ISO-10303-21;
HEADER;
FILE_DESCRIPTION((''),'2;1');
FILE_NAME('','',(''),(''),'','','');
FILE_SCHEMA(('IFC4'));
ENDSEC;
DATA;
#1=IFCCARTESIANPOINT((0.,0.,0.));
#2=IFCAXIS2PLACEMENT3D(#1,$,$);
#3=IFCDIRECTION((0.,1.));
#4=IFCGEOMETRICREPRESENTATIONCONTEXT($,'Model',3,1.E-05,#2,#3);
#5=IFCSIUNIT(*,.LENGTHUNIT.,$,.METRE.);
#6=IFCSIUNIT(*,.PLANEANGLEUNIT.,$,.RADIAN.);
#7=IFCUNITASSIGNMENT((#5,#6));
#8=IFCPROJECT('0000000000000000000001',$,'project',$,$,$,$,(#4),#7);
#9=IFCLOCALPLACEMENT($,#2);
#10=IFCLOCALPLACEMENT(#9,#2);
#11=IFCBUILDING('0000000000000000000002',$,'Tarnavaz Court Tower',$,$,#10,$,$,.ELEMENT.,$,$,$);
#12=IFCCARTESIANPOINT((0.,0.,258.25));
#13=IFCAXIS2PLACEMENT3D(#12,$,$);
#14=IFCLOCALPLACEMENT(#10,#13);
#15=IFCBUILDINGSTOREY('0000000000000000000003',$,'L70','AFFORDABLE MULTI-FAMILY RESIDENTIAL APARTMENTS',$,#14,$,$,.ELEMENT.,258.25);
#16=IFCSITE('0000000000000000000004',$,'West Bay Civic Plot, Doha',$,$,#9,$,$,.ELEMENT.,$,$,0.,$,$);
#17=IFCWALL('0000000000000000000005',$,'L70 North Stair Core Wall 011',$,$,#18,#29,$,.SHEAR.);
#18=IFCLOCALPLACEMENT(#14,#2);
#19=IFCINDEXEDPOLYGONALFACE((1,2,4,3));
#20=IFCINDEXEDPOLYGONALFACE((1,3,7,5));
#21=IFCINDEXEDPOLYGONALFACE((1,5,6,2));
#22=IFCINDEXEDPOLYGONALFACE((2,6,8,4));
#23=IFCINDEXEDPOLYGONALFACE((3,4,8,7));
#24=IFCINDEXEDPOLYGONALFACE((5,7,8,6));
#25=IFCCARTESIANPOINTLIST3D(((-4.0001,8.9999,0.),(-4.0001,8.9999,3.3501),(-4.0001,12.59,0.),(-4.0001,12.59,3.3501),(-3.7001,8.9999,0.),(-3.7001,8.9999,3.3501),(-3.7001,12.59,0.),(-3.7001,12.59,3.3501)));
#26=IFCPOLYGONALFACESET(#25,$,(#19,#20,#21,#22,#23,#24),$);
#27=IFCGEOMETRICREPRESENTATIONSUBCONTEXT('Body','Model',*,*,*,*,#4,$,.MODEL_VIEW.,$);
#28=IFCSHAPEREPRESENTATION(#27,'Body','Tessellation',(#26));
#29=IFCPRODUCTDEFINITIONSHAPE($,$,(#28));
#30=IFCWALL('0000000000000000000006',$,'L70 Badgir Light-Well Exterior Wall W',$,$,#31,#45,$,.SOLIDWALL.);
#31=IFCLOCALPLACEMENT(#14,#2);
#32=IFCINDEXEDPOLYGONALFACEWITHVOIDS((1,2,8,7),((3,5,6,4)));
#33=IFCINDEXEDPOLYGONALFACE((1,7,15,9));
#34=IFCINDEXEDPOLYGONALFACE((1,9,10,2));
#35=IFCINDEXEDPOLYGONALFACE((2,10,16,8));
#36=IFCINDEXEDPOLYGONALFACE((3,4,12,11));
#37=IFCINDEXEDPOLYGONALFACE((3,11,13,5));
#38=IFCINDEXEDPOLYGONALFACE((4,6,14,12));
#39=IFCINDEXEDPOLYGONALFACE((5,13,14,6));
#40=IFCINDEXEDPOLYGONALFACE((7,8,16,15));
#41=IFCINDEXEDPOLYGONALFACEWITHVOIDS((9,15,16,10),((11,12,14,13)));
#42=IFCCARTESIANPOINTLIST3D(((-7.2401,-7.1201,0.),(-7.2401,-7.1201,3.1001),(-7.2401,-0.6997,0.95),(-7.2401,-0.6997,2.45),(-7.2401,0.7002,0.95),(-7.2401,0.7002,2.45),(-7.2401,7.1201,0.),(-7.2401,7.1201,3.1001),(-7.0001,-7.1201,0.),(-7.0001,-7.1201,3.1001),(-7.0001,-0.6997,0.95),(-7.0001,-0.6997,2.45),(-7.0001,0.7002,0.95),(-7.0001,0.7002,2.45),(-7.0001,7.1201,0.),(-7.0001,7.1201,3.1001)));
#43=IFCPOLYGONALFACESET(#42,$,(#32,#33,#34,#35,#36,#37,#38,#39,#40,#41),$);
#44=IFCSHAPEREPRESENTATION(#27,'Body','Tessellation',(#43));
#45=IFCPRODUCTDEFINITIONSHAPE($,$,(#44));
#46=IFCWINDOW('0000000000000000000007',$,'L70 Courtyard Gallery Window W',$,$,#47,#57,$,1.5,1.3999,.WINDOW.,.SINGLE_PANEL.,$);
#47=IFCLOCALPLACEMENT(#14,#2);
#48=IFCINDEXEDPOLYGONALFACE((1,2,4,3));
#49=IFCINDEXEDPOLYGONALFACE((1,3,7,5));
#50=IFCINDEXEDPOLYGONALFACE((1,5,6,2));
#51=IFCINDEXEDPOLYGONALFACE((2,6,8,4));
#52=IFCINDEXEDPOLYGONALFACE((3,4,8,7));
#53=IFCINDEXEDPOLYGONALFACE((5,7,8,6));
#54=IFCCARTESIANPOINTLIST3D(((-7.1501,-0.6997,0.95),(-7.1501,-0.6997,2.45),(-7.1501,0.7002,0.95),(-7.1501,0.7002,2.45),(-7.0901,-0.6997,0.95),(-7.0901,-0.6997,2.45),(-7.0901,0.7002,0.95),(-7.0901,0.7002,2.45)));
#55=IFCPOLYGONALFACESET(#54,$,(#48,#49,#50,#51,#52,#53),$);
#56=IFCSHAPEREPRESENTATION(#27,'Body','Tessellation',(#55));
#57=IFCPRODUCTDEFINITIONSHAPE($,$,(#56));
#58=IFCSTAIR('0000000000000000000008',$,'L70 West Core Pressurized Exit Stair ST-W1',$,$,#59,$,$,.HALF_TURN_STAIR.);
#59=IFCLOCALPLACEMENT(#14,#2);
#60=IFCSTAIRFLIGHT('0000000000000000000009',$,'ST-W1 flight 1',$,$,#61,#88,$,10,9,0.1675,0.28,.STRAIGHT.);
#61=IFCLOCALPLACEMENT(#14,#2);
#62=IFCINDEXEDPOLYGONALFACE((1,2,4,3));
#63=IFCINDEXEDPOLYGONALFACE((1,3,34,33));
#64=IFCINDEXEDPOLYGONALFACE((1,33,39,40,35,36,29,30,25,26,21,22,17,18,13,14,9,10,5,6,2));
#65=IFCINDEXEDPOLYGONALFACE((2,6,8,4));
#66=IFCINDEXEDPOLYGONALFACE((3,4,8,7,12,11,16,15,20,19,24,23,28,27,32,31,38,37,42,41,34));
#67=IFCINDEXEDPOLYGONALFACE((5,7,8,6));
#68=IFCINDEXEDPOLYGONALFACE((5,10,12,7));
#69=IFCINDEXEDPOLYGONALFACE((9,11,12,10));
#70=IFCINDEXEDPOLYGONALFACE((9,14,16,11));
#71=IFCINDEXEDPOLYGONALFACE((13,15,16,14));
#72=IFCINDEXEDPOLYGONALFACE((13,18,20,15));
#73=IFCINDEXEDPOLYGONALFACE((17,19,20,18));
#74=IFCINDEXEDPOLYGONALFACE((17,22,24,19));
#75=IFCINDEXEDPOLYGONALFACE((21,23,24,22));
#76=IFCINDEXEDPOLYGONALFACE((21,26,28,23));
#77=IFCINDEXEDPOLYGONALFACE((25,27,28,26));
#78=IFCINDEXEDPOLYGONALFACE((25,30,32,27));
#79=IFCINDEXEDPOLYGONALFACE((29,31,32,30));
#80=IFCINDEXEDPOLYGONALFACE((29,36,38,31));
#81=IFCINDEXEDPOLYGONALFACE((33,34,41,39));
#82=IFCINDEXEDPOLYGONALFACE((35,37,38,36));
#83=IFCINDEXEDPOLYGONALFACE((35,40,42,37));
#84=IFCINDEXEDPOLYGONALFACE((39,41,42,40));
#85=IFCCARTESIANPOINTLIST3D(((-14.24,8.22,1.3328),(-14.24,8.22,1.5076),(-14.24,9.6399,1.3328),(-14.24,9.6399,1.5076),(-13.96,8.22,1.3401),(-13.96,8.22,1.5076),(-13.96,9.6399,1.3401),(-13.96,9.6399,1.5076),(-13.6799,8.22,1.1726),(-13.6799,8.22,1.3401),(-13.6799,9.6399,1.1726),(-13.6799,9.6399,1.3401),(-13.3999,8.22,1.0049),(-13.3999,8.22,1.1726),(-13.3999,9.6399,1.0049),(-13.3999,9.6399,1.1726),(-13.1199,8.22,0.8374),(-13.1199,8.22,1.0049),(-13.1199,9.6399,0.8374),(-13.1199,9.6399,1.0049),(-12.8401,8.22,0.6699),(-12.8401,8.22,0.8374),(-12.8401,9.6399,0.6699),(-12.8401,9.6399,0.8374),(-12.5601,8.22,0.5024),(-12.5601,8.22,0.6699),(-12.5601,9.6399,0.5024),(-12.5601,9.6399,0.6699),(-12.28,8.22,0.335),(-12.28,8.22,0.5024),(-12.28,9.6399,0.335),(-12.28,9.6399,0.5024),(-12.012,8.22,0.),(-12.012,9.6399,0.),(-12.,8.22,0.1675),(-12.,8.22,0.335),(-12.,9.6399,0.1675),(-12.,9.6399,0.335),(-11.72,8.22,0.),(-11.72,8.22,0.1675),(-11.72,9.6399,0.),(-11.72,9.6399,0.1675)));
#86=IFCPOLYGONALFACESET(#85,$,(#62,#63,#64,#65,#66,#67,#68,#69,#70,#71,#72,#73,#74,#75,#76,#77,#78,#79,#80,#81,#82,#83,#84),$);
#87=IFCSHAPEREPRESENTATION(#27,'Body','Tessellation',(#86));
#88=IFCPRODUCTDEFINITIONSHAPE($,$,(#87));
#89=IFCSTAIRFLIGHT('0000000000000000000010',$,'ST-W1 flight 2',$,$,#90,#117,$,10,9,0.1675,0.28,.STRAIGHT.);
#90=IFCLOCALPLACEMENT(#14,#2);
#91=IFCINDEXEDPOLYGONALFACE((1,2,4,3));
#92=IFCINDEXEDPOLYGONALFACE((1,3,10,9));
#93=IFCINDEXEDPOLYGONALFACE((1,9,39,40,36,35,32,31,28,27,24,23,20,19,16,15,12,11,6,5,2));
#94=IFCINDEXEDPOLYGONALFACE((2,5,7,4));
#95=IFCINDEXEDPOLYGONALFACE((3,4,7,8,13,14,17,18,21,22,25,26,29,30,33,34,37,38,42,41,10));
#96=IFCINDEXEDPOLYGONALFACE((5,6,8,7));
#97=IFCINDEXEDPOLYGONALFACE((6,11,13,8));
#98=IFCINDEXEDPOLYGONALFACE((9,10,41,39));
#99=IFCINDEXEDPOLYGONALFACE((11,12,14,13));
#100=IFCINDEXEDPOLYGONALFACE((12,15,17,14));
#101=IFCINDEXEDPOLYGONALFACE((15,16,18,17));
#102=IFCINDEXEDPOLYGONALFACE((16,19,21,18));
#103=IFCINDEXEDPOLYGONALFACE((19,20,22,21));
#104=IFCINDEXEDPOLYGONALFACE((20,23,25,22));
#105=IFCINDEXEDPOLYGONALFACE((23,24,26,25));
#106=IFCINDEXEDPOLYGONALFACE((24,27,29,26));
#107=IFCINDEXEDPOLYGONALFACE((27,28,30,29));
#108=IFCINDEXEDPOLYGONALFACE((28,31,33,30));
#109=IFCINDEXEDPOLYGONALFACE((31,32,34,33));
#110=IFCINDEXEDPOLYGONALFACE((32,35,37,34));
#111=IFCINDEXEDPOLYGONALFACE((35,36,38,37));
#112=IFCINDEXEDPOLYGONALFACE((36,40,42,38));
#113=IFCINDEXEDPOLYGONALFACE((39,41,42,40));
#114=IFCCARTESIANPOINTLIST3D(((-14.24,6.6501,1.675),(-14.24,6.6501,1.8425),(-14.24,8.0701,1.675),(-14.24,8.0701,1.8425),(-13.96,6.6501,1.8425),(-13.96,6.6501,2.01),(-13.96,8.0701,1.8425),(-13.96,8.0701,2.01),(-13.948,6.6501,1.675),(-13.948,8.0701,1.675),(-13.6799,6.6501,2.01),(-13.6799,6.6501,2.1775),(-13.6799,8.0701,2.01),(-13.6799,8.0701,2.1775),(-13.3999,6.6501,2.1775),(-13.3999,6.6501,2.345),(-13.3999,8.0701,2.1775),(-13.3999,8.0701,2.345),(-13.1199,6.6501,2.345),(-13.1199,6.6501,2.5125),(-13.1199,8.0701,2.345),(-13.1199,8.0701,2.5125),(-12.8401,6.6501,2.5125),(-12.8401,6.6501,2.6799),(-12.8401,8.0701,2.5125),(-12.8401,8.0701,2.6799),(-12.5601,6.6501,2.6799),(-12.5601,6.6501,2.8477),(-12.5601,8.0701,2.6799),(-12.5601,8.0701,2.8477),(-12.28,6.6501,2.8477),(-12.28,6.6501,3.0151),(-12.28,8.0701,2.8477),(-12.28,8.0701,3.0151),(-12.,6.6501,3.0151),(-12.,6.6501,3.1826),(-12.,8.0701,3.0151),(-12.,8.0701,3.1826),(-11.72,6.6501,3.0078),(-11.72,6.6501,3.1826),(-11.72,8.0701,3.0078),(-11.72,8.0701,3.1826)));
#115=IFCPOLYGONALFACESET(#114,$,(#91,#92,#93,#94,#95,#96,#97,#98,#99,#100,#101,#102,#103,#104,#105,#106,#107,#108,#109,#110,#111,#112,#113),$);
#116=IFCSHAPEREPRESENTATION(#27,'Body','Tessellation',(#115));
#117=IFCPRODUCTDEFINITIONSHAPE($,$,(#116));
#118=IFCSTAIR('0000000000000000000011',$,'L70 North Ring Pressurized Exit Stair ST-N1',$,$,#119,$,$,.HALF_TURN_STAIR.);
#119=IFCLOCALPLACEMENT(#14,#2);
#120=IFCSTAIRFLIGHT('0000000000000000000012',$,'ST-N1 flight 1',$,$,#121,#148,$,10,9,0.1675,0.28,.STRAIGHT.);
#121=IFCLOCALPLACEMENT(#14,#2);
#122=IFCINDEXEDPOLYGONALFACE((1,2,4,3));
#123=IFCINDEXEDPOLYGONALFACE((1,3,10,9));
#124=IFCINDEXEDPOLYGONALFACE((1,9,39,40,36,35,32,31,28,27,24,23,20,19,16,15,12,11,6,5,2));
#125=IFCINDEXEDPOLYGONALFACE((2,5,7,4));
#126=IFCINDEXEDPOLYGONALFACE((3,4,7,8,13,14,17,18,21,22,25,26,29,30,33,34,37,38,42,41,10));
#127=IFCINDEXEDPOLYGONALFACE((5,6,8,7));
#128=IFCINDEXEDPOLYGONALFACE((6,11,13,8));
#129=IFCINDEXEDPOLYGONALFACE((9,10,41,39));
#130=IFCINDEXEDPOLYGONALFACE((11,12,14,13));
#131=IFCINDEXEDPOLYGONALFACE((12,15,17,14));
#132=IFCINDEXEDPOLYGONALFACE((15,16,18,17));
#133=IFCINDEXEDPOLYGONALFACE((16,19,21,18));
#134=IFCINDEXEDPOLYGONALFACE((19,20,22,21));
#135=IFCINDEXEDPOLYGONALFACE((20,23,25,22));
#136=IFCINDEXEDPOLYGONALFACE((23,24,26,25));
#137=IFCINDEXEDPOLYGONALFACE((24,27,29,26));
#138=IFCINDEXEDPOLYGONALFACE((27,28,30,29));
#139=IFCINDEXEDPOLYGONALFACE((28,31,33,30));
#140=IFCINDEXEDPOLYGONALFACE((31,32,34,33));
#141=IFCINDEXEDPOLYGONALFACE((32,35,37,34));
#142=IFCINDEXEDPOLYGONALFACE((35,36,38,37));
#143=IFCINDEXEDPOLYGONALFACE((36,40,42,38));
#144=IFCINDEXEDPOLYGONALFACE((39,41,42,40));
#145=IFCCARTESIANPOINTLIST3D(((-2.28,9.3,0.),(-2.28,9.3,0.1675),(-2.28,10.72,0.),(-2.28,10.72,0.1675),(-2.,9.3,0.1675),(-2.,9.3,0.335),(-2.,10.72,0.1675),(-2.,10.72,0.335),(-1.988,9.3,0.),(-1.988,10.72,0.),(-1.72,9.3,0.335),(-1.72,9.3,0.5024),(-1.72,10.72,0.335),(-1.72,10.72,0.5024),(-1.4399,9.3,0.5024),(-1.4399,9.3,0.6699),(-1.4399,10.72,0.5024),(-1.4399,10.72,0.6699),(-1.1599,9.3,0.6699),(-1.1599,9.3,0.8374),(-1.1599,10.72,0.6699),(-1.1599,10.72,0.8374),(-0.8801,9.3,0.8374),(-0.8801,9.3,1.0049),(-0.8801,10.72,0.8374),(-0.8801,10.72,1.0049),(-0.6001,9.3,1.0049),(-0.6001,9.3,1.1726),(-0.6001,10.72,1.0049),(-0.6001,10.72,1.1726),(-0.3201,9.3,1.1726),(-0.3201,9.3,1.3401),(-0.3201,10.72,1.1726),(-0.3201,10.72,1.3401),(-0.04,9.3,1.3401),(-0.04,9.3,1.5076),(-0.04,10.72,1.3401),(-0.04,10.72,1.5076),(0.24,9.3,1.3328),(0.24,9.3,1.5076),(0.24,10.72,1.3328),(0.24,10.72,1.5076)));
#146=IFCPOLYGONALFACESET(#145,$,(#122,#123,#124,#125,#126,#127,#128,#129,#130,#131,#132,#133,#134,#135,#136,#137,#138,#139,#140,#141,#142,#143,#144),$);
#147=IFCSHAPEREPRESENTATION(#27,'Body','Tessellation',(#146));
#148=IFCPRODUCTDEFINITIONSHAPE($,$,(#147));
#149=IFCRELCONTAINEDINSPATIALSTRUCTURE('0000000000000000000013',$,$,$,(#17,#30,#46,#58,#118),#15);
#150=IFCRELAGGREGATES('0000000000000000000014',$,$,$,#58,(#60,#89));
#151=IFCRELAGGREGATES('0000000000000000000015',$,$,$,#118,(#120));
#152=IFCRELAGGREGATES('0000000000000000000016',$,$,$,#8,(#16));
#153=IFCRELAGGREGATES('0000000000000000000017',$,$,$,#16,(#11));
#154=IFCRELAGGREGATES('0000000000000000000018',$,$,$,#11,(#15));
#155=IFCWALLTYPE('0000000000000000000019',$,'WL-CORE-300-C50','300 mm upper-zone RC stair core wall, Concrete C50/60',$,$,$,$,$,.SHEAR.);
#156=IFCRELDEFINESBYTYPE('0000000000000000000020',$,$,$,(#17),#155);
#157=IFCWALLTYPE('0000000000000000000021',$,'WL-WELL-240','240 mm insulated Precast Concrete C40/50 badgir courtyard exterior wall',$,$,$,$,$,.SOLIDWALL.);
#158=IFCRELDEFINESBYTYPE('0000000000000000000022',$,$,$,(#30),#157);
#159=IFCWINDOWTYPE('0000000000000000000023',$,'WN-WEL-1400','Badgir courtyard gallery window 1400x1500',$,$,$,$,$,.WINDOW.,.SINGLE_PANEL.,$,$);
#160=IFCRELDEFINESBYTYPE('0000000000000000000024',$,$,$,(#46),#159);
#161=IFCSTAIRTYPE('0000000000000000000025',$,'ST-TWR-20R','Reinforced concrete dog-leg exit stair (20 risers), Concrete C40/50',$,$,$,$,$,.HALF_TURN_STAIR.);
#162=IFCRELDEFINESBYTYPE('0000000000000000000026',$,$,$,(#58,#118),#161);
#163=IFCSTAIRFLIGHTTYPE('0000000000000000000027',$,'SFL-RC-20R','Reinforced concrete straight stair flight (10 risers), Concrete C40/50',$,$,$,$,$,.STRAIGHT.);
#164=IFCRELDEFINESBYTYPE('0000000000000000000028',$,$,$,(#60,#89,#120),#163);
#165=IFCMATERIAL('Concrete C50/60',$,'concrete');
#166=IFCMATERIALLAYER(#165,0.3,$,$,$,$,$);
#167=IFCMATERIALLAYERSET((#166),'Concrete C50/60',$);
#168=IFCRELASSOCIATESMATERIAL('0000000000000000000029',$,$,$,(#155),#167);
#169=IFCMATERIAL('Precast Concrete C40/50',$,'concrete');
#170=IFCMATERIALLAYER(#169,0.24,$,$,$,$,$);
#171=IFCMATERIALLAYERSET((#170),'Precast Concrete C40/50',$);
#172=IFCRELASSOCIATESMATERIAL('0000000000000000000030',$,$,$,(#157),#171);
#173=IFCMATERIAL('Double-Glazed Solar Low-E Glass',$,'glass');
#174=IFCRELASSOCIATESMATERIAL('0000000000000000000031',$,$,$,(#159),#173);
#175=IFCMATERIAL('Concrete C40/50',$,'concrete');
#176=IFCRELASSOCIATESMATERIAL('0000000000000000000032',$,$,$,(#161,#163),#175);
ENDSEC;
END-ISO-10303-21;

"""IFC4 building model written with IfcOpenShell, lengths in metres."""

from ifc_helpers import new_model, si_unit, direction, frame, frame_2d, origin, place, context, subcontext, project, spatial, polyline, rectangle, outline, extrude, material, layer, layer_set, type_object, element, fill, aggregate, save


model = new_model("IFC4")

# Units and contexts
model_context = context("Model", 3, precision=1e-05, world=origin(), true_north=direction((0.0, 1.0)))
body_context = subcontext(model_context, "Body", "Model", "MODEL_VIEW")
ifc_project = project(units=[si_unit("LENGTHUNIT", "METRE"), si_unit("PLANEANGLEUNIT", "RADIAN")], contexts=[model_context])

# Site, building, storey
site_placement = place(None, origin())
site = spatial("IfcSite", under=ifc_project, at=site_placement, Name="West Bay Civic Plot, Doha", CompositionType="ELEMENT", RefElevation=0.0)
building_placement = place(site_placement, origin())
building = spatial("IfcBuilding", under=site, at=building_placement, Name="Tarnavaz Court Tower", CompositionType="ELEMENT")
storey_placement = place(building_placement, frame((0.0, 0.0, 258.25)))
storey = spatial("IfcBuildingStorey", under=building, at=storey_placement, Name="L70", Description="AFFORDABLE MULTI-FAMILY RESIDENTIAL APARTMENTS", CompositionType="ELEMENT", Elevation=258.25)

# Shared definitions
ifc_material_1 = material(Name="Concrete C50/60", Category="concrete")

# Shared definitions
ifc_layer_1 = layer(ifc_material_1, 0.3)
ifc_layer_set_1 = layer_set([ifc_layer_1], Name="Concrete C50/60")
wall_type_1 = type_object("IfcWallType", Name="WL-CORE-300-C50", Description="300 mm upper-zone RC stair core wall, Concrete C50/60", PredefinedType="SHEAR", material=ifc_layer_set_1)

# Wall
wall_1_placement = place(storey_placement, frame((-3.8501, 9.0, 0.0), z_axis=(0.0, 0.0, 1.0), x_axis=(0.0, 1.0, 0.0)))
element("IfcWall", 1, at=wall_1_placement, inside=storey, type_object=wall_type_1, Name="L70 North Stair Core Wall 011", PredefinedType="SHEAR", context=body_context, shape_type="SweptSolid", body=[
    extrude(rectangle(XDim=3.5901, YDim=0.3, at=frame_2d((1.7949, 0.0))), origin(), (0.0, 0.0, 1.0), 3.3501),
])

# Wall, opening, window
ifc_material_2 = material(Name="Precast Concrete C40/50", Category="concrete")
ifc_layer_2 = layer(ifc_material_2, 0.24)
ifc_layer_set_2 = layer_set([ifc_layer_2], Name="Precast Concrete C40/50")
wall_type_2 = type_object("IfcWallType", Name="WL-WELL-240", Description="240 mm insulated Precast Concrete C40/50 badgir courtyard exterior wall", PredefinedType="SOLIDWALL", material=ifc_layer_set_2)
wall_2_placement = place(storey_placement, frame((-7.1201, 7.1201, 0.0), z_axis=(0.0, 0.0, 1.0), x_axis=(0.0, -1.0, 0.0)))
wall_2 = element("IfcWall", 2, at=wall_2_placement, inside=storey, type_object=wall_type_2, Name="L70 Badgir Light-Well Exterior Wall W", PredefinedType="SOLIDWALL", context=body_context, shape_type="SweptSolid", body=[
    extrude(rectangle(XDim=14.2402, YDim=0.24, at=frame_2d((7.1201, 0.0))), origin(), (0.0, 0.0, 1.0), 3.1001),
])
opening_1_placement = place(wall_2_placement, frame((6.4199, 0.0, 0.95)))
opening_1 = element("IfcOpeningElement", 3, at=opening_1_placement, cuts=wall_2, PredefinedType="OPENING", context=body_context, shape_type="SweptSolid", body=[
    extrude(rectangle(XDim=1.3999, YDim=1.5, at=frame_2d((0.7, 0.75))), frame((0.0, 0.1299, 0.0), z_axis=(0.0, -1.0, 0.0), x_axis=(1.0, 0.0, 0.0)), (0.0, 0.0, 1.0), 0.26),
])
ifc_material_3 = material(Name="Double-Glazed Solar Low-E Glass", Category="glass")
window_type = type_object("IfcWindowType", Name="WN-WEL-1400", Description="Badgir courtyard gallery window 1400x1500", PartitioningType="SINGLE_PANEL", PredefinedType="WINDOW", material=ifc_material_3)
window_placement = place(opening_1_placement, origin())
window = element("IfcWindow", 4, at=window_placement, inside=storey, type_object=window_type, Name="L70 Courtyard Gallery Window W", OverallHeight=1.5, OverallWidth=1.3999, PartitioningType="SINGLE_PANEL", PredefinedType="WINDOW", context=body_context, shape_type="SweptSolid", body=[
    extrude(rectangle(XDim=1.3999, YDim=1.5, at=frame_2d((0.7, 0.75))), frame((0.0, 0.03, 0.0), z_axis=(0.0, -1.0, 0.0), x_axis=(1.0, 0.0, 0.0)), (0.0, 0.0, 1.0), 0.0601),
])
fill(opening_1, window)

# Stair, stair flights
ifc_material_4 = material(Name="Concrete C40/50", Category="concrete")
stair_type = type_object("IfcStairType", Name="ST-TWR-20R", Description="Reinforced concrete dog-leg exit stair (20 risers), Concrete C40/50", PredefinedType="HALF_TURN_STAIR", material=ifc_material_4)
stair_1_placement = place(storey_placement, origin())
stair_1 = element("IfcStair", 5, at=stair_1_placement, inside=storey, type_object=stair_type, Name="L70 West Core Pressurized Exit Stair ST-W1", PredefinedType="HALF_TURN_STAIR")
stair_flight_type = type_object("IfcStairFlightType", Name="SFL-RC-20R", Description="Reinforced concrete straight stair flight (10 risers), Concrete C40/50", PredefinedType="STRAIGHT", material=ifc_material_4)
stair_flight_1_placement = place(storey_placement, frame((-11.72, 8.9299, 0.0), z_axis=(0.0, 0.0, 1.0), x_axis=(-1.0, 0.0, 0.0)))
stair_flight_1 = element("IfcStairFlight", 6, at=stair_flight_1_placement, type_object=stair_flight_type, Name="ST-W1 flight 1", NumberOfRisers=10, NumberOfTreads=9, PredefinedType="STRAIGHT", RiserHeight=0.1675, TreadLength=0.28, context=body_context, shape_type="SweptSolid", body=[
    extrude(outline(polyline([(0.0, 0.0), (0.0, 0.1675), (0.28, 0.1675), (0.28, 0.335), (0.5601, 0.335), (0.5601, 0.5024), (0.8401, 0.5024), (0.8401, 0.6699), (1.1201, 0.6699), (1.1201, 0.8374), (1.3999, 0.8374), (1.3999, 1.0049), (1.6799, 1.0049), (1.6799, 1.1726), (1.96, 1.1726), (1.96, 1.3401), (2.24, 1.3401), (2.24, 1.5076), (2.52, 1.5076), (2.52, 1.675), (2.52, 1.3328), (0.292, 0.0), (0.0, 0.0)])), frame((0.0, 0.71, 0.0), z_axis=(0.0, -1.0, 0.0), x_axis=(1.0, 0.0, 0.0)), (0.0, 0.0, 1.0), 1.4199),
])
stair_flight_2_placement = place(storey_placement, frame((-14.24, 7.3601, 1.675), z_axis=(0.0, 0.0, 1.0), x_axis=(1.0, 0.0, 0.0)))
stair_flight_2 = element("IfcStairFlight", 7, at=stair_flight_2_placement, type_object=stair_flight_type, Name="ST-W1 flight 2", NumberOfRisers=10, NumberOfTreads=9, PredefinedType="STRAIGHT", RiserHeight=0.1675, TreadLength=0.28, context=body_context, shape_type="SweptSolid", body=[
    extrude(outline(polyline([(0.0, 0.0), (0.0, 0.1675), (0.28, 0.1675), (0.28, 0.335), (0.5601, 0.335), (0.5601, 0.5024), (0.8401, 0.5024), (0.8401, 0.6699), (1.1201, 0.6699), (1.1201, 0.8374), (1.3999, 0.8374), (1.3999, 1.0049), (1.6799, 1.0049), (1.6799, 1.1726), (1.96, 1.1726), (1.96, 1.3401), (2.24, 1.3401), (2.24, 1.5076), (2.52, 1.5076), (2.52, 1.675), (2.52, 1.3328), (0.292, 0.0), (0.0, 0.0)])), frame((0.0, 0.71, 0.0), z_axis=(0.0, -1.0, 0.0), x_axis=(1.0, 0.0, 0.0)), (0.0, 0.0, 1.0), 1.4199),
])
aggregate(stair_1, [stair_flight_1, stair_flight_2])

# Stair, stair flight
stair_2_placement = place(storey_placement, origin())
stair_2 = element("IfcStair", 8, at=stair_2_placement, inside=storey, type_object=stair_type, Name="L70 North Ring Pressurized Exit Stair ST-N1", PredefinedType="HALF_TURN_STAIR")
stair_flight_3_placement = place(storey_placement, frame((-2.28, 10.01, 0.0), z_axis=(0.0, 0.0, 1.0), x_axis=(1.0, 0.0, 0.0)))
stair_flight_3 = element("IfcStairFlight", 9, at=stair_flight_3_placement, type_object=stair_flight_type, Name="ST-N1 flight 1", NumberOfRisers=10, NumberOfTreads=9, PredefinedType="STRAIGHT", RiserHeight=0.1675, TreadLength=0.28, context=body_context, shape_type="SweptSolid", body=[
    extrude(outline(polyline([(0.0, 0.0), (0.0, 0.1675), (0.28, 0.1675), (0.28, 0.335), (0.5601, 0.335), (0.5601, 0.5024), (0.8401, 0.5024), (0.8401, 0.6699), (1.1201, 0.6699), (1.1201, 0.8374), (1.3999, 0.8374), (1.3999, 1.0049), (1.6799, 1.0049), (1.6799, 1.1726), (1.96, 1.1726), (1.96, 1.3401), (2.24, 1.3401), (2.24, 1.5076), (2.52, 1.5076), (2.52, 1.675), (2.52, 1.3328), (0.292, 0.0), (0.0, 0.0)])), frame((0.0, 0.71, 0.0), z_axis=(0.0, -1.0, 0.0), x_axis=(1.0, 0.0, 0.0)), (0.0, 0.0, 1.0), 1.4199),
])
aggregate(stair_2, [stair_flight_3])

save(model, "model.ifc")
